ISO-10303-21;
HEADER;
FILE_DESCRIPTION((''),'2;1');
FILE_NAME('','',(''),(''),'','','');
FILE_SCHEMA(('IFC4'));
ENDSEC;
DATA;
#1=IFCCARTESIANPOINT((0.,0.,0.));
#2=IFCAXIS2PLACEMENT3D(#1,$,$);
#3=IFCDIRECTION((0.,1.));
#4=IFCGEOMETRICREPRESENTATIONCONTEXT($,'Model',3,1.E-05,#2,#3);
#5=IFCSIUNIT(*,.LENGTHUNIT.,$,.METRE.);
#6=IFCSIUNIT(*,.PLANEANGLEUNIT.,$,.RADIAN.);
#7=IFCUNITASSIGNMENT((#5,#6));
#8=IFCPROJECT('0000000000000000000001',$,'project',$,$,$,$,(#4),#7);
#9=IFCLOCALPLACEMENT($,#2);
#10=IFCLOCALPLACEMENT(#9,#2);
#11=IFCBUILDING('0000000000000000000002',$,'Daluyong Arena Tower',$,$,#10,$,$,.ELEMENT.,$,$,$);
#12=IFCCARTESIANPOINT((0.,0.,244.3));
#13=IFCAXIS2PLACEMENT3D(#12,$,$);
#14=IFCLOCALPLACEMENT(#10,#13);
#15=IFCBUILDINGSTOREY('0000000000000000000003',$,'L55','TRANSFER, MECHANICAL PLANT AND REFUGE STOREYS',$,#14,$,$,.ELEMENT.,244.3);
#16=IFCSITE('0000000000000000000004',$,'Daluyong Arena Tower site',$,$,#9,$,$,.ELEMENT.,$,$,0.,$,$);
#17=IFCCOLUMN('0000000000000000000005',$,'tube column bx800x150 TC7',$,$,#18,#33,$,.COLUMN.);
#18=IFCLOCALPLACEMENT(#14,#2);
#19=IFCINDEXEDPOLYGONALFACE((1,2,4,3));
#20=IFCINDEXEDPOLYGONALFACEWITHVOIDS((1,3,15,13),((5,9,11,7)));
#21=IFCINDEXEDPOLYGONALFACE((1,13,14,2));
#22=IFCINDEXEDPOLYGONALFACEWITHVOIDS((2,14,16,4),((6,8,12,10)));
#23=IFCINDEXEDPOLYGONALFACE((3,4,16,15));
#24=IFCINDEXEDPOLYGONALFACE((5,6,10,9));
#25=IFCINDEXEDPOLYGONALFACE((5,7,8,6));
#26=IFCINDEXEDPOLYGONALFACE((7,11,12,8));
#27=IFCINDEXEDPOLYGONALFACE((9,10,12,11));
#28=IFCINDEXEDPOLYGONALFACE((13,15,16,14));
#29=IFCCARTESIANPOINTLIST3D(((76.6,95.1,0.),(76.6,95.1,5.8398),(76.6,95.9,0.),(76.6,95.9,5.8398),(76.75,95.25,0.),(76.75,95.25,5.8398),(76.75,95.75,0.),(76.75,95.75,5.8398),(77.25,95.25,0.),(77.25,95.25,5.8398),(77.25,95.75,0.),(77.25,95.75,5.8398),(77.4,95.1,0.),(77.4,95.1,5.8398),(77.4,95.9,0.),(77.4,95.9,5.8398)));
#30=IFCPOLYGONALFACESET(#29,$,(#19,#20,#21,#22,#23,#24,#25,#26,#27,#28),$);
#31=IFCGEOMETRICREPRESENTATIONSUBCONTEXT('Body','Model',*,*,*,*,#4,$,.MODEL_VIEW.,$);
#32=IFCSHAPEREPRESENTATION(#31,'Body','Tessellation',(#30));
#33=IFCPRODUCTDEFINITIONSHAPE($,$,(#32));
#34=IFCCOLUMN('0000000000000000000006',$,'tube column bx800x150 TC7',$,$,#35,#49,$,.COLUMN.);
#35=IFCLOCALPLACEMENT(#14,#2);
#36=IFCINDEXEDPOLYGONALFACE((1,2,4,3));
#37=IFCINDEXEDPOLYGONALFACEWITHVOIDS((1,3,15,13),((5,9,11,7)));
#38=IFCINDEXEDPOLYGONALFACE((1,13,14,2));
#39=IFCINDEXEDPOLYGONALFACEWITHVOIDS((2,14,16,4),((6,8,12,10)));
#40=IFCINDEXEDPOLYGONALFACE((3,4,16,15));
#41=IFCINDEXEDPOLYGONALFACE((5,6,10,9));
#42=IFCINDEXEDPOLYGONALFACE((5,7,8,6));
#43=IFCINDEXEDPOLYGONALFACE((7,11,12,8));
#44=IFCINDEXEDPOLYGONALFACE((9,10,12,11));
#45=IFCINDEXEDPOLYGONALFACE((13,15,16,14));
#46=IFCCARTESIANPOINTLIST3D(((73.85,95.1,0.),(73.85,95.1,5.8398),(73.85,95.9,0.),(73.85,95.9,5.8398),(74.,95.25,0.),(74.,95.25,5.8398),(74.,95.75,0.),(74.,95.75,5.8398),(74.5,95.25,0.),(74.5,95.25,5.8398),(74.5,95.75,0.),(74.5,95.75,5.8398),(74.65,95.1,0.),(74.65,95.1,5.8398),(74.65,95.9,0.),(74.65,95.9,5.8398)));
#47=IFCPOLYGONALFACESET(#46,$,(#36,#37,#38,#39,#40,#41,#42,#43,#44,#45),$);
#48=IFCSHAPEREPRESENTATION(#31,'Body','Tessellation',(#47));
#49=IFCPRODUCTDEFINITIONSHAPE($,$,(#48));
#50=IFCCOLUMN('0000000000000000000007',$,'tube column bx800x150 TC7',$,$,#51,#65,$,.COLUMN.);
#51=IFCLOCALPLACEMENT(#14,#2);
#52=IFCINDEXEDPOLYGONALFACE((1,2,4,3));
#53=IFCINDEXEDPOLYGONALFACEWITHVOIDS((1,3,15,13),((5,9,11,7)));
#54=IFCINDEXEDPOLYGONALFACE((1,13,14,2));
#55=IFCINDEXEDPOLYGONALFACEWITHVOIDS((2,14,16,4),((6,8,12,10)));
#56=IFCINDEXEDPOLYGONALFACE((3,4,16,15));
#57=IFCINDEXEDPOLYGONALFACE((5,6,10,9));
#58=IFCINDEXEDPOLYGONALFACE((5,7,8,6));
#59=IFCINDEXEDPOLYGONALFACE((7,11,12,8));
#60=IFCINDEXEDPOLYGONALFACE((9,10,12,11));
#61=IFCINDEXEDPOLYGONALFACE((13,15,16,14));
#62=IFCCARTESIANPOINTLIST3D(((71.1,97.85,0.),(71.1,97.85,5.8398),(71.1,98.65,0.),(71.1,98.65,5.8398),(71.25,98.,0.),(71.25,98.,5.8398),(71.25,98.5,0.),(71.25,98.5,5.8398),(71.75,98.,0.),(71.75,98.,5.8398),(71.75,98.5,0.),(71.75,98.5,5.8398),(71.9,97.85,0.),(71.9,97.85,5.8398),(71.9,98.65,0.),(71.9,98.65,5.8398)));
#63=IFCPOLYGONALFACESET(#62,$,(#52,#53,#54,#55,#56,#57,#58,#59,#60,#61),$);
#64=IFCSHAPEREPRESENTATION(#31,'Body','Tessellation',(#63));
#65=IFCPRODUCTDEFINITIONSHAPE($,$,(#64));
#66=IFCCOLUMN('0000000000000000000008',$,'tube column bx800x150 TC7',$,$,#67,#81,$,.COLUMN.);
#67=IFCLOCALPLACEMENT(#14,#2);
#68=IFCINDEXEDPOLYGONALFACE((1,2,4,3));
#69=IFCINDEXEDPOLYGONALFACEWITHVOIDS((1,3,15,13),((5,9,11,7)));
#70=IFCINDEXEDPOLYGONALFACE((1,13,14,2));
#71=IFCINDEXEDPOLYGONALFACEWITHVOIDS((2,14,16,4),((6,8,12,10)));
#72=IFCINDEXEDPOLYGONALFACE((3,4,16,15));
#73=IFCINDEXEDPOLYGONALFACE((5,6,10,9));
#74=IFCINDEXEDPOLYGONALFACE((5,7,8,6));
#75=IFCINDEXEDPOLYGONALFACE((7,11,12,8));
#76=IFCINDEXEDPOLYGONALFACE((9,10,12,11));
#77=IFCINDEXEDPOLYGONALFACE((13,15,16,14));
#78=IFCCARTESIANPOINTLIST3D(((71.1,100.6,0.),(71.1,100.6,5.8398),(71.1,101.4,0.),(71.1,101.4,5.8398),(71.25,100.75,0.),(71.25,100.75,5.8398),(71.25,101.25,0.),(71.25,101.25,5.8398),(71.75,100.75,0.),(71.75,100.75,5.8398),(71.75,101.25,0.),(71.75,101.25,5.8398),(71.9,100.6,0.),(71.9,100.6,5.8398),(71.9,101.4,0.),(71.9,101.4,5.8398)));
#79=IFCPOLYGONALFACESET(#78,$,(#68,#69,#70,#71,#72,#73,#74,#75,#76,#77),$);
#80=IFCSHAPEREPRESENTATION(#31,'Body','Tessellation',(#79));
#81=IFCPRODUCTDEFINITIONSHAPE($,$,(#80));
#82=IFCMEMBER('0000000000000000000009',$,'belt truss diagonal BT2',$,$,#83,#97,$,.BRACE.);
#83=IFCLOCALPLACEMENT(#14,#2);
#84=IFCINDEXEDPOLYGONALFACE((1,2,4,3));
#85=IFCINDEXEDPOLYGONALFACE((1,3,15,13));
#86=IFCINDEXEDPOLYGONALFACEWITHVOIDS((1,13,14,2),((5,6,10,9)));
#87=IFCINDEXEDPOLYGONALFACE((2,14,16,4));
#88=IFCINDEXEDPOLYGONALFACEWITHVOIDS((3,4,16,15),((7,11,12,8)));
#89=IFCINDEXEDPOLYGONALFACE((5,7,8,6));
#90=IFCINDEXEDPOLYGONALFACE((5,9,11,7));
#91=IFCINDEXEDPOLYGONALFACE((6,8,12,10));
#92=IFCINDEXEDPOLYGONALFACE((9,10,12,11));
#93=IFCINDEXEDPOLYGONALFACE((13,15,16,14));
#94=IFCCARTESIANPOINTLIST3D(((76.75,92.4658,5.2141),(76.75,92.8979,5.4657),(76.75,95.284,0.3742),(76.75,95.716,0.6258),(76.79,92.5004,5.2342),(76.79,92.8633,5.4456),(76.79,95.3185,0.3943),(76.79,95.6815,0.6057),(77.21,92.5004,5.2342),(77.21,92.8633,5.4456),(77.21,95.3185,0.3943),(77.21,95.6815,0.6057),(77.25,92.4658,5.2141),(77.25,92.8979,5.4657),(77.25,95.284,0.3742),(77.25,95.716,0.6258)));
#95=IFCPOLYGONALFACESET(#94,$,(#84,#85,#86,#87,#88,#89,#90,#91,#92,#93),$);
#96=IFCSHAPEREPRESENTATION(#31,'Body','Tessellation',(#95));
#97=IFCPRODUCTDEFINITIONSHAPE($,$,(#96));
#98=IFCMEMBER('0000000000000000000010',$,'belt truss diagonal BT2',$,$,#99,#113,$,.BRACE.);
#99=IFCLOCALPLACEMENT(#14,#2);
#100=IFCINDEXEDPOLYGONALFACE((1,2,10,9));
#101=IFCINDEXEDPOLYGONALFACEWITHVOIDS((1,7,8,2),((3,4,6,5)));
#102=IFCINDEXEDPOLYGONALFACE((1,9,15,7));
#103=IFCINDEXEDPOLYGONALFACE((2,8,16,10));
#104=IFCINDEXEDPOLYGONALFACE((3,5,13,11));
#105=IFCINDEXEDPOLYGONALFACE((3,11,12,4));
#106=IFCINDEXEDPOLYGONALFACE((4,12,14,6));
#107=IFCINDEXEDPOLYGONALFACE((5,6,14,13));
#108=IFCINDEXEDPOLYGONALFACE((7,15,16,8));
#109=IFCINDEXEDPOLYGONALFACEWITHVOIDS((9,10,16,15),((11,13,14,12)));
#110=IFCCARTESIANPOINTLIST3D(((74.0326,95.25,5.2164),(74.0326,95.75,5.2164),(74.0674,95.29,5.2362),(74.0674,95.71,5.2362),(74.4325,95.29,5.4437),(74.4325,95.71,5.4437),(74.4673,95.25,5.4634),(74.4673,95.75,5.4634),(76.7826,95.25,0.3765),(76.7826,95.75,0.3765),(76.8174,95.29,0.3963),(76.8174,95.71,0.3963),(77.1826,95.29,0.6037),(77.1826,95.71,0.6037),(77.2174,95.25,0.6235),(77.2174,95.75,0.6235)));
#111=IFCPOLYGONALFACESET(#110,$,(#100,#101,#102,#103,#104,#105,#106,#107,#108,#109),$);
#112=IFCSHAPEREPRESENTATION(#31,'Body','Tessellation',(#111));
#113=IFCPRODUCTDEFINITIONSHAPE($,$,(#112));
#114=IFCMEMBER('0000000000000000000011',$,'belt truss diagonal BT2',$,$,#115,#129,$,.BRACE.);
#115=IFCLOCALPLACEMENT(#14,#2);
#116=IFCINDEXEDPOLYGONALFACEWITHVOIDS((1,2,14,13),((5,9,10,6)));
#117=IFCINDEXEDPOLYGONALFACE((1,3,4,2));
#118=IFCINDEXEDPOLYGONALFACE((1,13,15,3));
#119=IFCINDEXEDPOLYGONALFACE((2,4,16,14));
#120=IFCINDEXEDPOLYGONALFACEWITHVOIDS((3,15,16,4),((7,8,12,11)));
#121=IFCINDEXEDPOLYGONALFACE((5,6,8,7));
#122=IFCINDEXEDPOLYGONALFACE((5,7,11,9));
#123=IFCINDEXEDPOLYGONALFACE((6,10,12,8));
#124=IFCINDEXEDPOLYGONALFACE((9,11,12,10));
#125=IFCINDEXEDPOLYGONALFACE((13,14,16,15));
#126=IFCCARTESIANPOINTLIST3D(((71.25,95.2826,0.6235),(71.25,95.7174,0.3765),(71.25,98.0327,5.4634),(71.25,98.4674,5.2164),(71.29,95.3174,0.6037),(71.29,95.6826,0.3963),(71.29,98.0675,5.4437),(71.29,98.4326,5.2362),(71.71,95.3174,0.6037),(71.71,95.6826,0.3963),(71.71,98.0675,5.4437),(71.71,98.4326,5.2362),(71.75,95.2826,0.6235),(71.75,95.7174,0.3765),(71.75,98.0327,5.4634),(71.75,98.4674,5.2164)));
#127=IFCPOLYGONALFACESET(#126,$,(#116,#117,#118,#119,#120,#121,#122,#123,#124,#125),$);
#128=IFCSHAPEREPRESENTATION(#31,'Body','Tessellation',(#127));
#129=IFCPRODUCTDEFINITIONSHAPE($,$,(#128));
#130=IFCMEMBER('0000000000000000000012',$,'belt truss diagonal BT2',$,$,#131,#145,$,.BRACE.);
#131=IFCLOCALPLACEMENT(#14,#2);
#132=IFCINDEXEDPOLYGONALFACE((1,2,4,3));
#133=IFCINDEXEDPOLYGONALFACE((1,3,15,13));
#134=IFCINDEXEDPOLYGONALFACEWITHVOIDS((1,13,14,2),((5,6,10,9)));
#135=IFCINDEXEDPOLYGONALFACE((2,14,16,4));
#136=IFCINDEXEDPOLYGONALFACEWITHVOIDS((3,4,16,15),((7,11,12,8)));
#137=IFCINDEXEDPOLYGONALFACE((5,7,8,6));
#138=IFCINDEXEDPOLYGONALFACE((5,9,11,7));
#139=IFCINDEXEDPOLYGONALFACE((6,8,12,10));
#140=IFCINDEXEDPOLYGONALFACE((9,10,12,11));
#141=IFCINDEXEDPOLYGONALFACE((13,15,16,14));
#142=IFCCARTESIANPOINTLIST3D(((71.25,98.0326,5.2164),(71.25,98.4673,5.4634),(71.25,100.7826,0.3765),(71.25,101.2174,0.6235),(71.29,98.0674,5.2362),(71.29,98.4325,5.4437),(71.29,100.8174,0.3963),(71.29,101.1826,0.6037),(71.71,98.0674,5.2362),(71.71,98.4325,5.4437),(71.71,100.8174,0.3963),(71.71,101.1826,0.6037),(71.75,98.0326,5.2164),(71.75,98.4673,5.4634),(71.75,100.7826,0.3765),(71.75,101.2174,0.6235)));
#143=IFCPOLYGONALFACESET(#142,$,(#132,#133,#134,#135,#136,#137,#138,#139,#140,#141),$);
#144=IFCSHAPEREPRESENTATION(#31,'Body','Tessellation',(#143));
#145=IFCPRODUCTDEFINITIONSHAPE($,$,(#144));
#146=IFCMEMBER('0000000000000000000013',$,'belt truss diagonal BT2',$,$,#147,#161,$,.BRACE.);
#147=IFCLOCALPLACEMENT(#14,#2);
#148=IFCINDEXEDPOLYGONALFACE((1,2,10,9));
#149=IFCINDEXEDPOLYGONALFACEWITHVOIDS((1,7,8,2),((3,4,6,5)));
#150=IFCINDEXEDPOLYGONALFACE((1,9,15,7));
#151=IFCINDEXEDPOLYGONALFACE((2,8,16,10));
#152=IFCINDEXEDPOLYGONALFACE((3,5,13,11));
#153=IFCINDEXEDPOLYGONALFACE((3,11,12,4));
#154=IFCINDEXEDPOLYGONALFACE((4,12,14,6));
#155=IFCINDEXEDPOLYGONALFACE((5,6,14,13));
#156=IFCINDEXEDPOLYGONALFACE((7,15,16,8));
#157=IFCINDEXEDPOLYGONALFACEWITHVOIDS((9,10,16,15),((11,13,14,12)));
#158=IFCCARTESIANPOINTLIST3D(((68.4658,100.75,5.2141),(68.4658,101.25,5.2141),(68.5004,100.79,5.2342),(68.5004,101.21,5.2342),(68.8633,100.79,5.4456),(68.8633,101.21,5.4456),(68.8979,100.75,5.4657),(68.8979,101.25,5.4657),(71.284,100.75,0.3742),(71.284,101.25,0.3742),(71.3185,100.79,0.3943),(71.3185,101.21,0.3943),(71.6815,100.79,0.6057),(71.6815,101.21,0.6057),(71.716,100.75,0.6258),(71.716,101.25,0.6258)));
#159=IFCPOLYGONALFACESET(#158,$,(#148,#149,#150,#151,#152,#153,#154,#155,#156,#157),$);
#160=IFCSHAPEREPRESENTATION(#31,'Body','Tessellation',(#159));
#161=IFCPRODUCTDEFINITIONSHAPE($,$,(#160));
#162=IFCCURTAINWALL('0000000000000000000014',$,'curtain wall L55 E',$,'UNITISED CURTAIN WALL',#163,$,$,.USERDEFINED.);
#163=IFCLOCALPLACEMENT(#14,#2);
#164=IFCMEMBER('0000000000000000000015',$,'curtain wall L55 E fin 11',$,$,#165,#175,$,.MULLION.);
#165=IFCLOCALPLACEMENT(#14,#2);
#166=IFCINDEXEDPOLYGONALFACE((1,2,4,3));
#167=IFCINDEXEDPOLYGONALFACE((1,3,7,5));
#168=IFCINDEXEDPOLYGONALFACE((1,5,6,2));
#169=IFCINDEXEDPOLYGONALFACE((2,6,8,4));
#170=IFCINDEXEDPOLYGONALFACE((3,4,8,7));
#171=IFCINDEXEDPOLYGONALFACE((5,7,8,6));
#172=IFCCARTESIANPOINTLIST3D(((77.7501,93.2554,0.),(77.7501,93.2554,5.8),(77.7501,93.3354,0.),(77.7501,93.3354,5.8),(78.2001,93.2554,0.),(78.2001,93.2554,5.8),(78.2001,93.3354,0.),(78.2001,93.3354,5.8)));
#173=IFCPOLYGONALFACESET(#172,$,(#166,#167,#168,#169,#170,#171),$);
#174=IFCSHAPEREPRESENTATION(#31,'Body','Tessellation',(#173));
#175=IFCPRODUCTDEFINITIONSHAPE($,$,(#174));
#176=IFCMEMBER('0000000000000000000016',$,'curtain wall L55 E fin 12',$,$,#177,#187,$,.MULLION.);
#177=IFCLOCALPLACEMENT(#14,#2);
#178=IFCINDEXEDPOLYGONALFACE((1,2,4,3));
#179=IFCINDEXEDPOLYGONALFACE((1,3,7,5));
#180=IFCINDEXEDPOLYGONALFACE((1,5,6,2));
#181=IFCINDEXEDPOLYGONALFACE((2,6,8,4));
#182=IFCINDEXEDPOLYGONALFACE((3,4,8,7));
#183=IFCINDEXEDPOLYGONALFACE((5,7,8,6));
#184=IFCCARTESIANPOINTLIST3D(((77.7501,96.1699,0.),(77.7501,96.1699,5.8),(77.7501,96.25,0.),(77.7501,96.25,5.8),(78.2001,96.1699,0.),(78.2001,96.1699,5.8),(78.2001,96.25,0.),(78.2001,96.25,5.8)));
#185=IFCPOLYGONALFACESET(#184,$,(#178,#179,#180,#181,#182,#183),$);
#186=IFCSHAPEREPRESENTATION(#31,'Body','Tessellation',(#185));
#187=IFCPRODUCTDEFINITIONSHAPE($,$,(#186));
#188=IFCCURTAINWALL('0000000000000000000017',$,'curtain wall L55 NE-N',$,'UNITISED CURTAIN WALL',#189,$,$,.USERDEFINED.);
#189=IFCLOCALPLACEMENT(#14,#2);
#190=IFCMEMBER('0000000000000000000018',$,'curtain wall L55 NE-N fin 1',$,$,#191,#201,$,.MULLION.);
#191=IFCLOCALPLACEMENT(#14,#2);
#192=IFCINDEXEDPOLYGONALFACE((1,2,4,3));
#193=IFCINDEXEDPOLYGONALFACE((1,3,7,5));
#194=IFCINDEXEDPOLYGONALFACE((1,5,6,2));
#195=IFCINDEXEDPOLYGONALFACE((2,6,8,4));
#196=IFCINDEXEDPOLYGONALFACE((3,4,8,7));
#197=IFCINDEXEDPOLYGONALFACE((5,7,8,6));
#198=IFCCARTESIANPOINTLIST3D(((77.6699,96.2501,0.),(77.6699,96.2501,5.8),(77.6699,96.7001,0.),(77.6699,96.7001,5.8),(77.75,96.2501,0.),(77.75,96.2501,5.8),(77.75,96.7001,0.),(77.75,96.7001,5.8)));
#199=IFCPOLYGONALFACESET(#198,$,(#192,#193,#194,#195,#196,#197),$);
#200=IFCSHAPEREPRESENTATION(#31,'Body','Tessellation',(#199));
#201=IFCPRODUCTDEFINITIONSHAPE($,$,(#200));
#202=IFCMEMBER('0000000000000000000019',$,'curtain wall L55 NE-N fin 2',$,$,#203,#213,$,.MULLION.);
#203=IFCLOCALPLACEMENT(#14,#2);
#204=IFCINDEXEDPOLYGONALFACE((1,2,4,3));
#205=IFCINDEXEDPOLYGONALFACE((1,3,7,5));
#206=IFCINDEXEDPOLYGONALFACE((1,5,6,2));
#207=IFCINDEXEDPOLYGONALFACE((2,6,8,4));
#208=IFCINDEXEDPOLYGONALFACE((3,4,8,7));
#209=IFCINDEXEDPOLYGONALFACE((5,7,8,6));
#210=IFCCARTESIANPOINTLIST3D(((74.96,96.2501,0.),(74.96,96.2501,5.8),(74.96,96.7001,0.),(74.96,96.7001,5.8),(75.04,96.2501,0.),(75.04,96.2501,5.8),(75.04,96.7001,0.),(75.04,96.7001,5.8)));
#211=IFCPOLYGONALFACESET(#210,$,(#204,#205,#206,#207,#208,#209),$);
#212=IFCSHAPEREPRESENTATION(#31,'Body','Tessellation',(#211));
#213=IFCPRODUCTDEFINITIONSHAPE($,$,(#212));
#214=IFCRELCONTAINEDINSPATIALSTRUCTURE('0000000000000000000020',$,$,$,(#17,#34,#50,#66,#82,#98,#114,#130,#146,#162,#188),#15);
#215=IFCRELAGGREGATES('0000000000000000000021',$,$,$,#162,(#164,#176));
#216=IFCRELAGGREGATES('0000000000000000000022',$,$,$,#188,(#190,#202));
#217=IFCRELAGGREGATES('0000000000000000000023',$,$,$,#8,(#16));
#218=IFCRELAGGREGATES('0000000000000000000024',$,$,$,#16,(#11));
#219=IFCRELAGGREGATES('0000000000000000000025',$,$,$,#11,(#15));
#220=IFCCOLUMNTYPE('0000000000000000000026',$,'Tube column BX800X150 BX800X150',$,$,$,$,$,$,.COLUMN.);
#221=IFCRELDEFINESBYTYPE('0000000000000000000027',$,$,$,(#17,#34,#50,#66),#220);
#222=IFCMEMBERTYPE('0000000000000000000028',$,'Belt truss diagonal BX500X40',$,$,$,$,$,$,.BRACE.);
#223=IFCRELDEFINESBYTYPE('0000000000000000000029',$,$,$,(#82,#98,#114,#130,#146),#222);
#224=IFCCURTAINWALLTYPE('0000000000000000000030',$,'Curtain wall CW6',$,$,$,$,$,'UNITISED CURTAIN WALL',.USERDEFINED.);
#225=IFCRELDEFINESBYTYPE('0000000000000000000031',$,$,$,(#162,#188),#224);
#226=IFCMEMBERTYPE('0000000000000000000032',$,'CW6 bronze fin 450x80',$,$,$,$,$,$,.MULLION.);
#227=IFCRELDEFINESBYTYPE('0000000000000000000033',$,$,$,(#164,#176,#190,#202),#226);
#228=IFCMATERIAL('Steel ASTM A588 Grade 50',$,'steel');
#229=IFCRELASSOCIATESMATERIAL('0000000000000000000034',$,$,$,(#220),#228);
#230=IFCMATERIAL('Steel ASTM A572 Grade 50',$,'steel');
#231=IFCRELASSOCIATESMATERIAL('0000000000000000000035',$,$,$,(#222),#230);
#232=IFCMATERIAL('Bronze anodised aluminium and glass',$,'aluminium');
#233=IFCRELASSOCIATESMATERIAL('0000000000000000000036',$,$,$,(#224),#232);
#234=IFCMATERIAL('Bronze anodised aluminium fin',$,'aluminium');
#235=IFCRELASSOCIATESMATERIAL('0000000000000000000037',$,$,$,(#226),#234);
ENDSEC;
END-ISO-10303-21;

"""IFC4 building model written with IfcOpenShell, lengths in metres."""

from ifc_helpers import new_model, si_unit, direction, frame, origin, origin_2d, place, context, subcontext, project, spatial, rectangle, hollow_rectangle, extrude, material, material_profile, profile_set, type_object, element, aggregate, save


model = new_model("IFC4")

# Units and contexts
model_context = context("Model", 3, precision=1e-05, world=origin(), true_north=direction((0.0, 1.0)))
body_context = subcontext(model_context, "Body", "Model", "MODEL_VIEW")
ifc_project = project(units=[si_unit("LENGTHUNIT", "METRE"), si_unit("PLANEANGLEUNIT", "RADIAN")], contexts=[model_context])

# Site, building, storey
site_placement = place(None, origin())
site = spatial("IfcSite", under=ifc_project, at=site_placement, Name="Daluyong Arena Tower site", CompositionType="ELEMENT", RefElevation=0.0)
building_placement = place(site_placement, origin())
building = spatial("IfcBuilding", under=site, at=building_placement, Name="Daluyong Arena Tower", CompositionType="ELEMENT")
storey_placement = place(building_placement, frame((0.0, 0.0, 244.3)))
storey = spatial("IfcBuildingStorey", under=building, at=storey_placement, Name="L55", Description="TRANSFER, MECHANICAL PLANT AND REFUGE STOREYS", CompositionType="ELEMENT", Elevation=244.3)

# Columns
ifc_material_1 = material(Name="Steel ASTM A588 Grade 50", Category="steel")
ifc_material_profile_1 = material_profile(ifc_material_1, hollow_rectangle(XDim=0.8, YDim=0.8, WallThickness=0.15, at=origin_2d()))
ifc_profile_set_1 = profile_set([ifc_material_profile_1], Name="Steel ASTM A588 Grade 50")
column_type = type_object("IfcColumnType", Name="Tube column BX800X150 BX800X150", PredefinedType="COLUMN", material=ifc_profile_set_1)
for number, where, z_axis, x_axis, name in (
    (1, (77.0, 95.5, 0.0), (0.0, 0.0, 1.0), (1.0, 0.0, 0.0), "tube column bx800x150 TC7"),
    (2, (74.25, 95.5, 0.0), (0.0, 0.0, 1.0), (1.0, 0.0, 0.0), "tube column bx800x150 TC7"),
    (3, (71.5, 98.25, 0.0), (0.0, 0.0, 1.0), (0.0, 1.0, 0.0), "tube column bx800x150 TC7"),
    (4, (71.5, 101.0, 0.0), (0.0, 0.0, 1.0), (1.0, 0.0, 0.0), "tube column bx800x150 TC7"),
):
    element("IfcColumn", number, at=place(storey_placement, frame(where, z_axis=z_axis, x_axis=x_axis)), inside=storey, type_object=column_type, Name=name, PredefinedType="COLUMN", context=body_context, shape_type="SweptSolid", body=[
        extrude(hollow_rectangle(XDim=0.8, YDim=0.8, WallThickness=0.15, at=origin_2d()), origin(), (0.0, 0.0, 1.0), 5.8398),
    ])

# Members
ifc_material_2 = material(Name="Steel ASTM A572 Grade 50", Category="steel")
ifc_material_profile_2 = material_profile(ifc_material_2, hollow_rectangle(XDim=0.5, YDim=0.5, WallThickness=0.04, at=origin_2d()))
ifc_profile_set_2 = profile_set([ifc_material_profile_2], Name="Steel ASTM A572 Grade 50")
member_type_1 = type_object("IfcMemberType", Name="Belt truss diagonal BX500X40", PredefinedType="BRACE", material=ifc_profile_set_2)
member_1_placement = place(storey_placement, frame((77.0, 95.5, 0.5), z_axis=(0.0, -0.503188, 0.864177), x_axis=(1.0, 0.0, 0.0)))
element("IfcMember", 5, at=member_1_placement, inside=storey, type_object=member_type_1, Name="belt truss diagonal BT2", PredefinedType="BRACE", context=body_context, shape_type="SweptSolid", body=[
    extrude(hollow_rectangle(XDim=0.5, YDim=0.5, WallThickness=0.04, at=origin_2d()), origin(), (0.0, 0.0, 1.0), 5.6006),
])
for number, where, z_axis, x_axis, name in (
    (6, (77.0, 95.5, 0.5), (-0.494021, 0.0, 0.86945), (0.0, -1.0, 0.0), "belt truss diagonal BT2"),
    (7, (71.5, 95.5, 0.5), (0.0, 0.494021, 0.86945), (-1.0, 0.0, 0.0), "belt truss diagonal BT2"),
    (8, (71.5, 101.0, 0.5), (0.0, -0.494021, 0.86945), (1.0, 0.0, 0.0), "belt truss diagonal BT2"),
):
    element("IfcMember", number, at=place(storey_placement, frame(where, z_axis=z_axis, x_axis=x_axis)), inside=storey, type_object=member_type_1, Name=name, PredefinedType="BRACE", context=body_context, shape_type="SweptSolid", body=[
        extrude(hollow_rectangle(XDim=0.5, YDim=0.5, WallThickness=0.04, at=origin_2d()), origin(), (0.0, 0.0, 1.0), 5.5667),
    ])
member_2_placement = place(storey_placement, frame((71.5, 101.0, 0.5), z_axis=(-0.503188, 0.0, 0.864177), x_axis=(0.0, -1.0, 0.0)))
element("IfcMember", 9, at=member_2_placement, inside=storey, type_object=member_type_1, Name="belt truss diagonal BT2", PredefinedType="BRACE", context=body_context, shape_type="SweptSolid", body=[
    extrude(hollow_rectangle(XDim=0.5, YDim=0.5, WallThickness=0.04, at=origin_2d()), origin(), (0.0, 0.0, 1.0), 5.6006),
])

# Curtain walls, members
ifc_material_3 = material(Name="Bronze anodised aluminium and glass", Category="aluminium")
curtain_wall_type = type_object("IfcCurtainWallType", Name="Curtain wall CW6", ElementType="UNITISED CURTAIN WALL", PredefinedType="USERDEFINED", material=ifc_material_3)
curtain_wall_1_placement = place(storey_placement, origin())
curtain_wall_1 = element("IfcCurtainWall", 10, at=curtain_wall_1_placement, inside=storey, type_object=curtain_wall_type, Name="curtain wall L55 E", ObjectType="UNITISED CURTAIN WALL", PredefinedType="USERDEFINED")
ifc_material_4 = material(Name="Bronze anodised aluminium fin", Category="aluminium")
ifc_material_profile_3 = material_profile(ifc_material_4, rectangle(XDim=0.45, YDim=0.0801, at=origin_2d()))
ifc_profile_set_3 = profile_set([ifc_material_profile_3], Name="Bronze anodised aluminium fin")
member_type_2 = type_object("IfcMemberType", Name="CW6 bronze fin 450x80", PredefinedType="MULLION", material=ifc_profile_set_3)
member_3_placement = place(storey_placement, frame((77.9751, 93.2954, 0.0), z_axis=(0.0, 0.0, 1.0), x_axis=(-1.0, 0.0, 0.0)))
member_3 = element("IfcMember", 11, at=member_3_placement, type_object=member_type_2, Name="curtain wall L55 E fin 11", PredefinedType="MULLION", context=body_context, shape_type="SweptSolid", body=[
    extrude(rectangle(XDim=0.45, YDim=0.0801, at=origin_2d()), origin(), (0.0, 0.0, 1.0), 5.8),
])
member_4_placement = place(storey_placement, frame((77.9751, 96.21, 0.0), z_axis=(0.0, 0.0, 1.0), x_axis=(-1.0, 0.0, 0.0)))
member_4 = element("IfcMember", 12, at=member_4_placement, type_object=member_type_2, Name="curtain wall L55 E fin 12", PredefinedType="MULLION", context=body_context, shape_type="SweptSolid", body=[
    extrude(rectangle(XDim=0.45, YDim=0.0801, at=origin_2d()), origin(), (0.0, 0.0, 1.0), 5.8),
])
curtain_wall_2_placement = place(storey_placement, origin())
curtain_wall_2 = element("IfcCurtainWall", 13, at=curtain_wall_2_placement, inside=storey, type_object=curtain_wall_type, Name="curtain wall L55 NE-N", ObjectType="UNITISED CURTAIN WALL", PredefinedType="USERDEFINED")
member_5_placement = place(storey_placement, frame((77.71, 96.4751, 0.0), z_axis=(0.0, 0.0, 1.0), x_axis=(0.0, -1.0, 0.0)))
member_5 = element("IfcMember", 14, at=member_5_placement, type_object=member_type_2, Name="curtain wall L55 NE-N fin 1", PredefinedType="MULLION", context=body_context, shape_type="SweptSolid", body=[
    extrude(rectangle(XDim=0.45, YDim=0.0801, at=origin_2d()), origin(), (0.0, 0.0, 1.0), 5.8),
])
member_6_placement = place(storey_placement, frame((75.0, 96.4751, 0.0), z_axis=(0.0, 0.0, 1.0), x_axis=(0.0, -1.0, 0.0)))
member_6 = element("IfcMember", 15, at=member_6_placement, type_object=member_type_2, Name="curtain wall L55 NE-N fin 2", PredefinedType="MULLION", context=body_context, shape_type="SweptSolid", body=[
    extrude(rectangle(XDim=0.45, YDim=0.0801, at=origin_2d()), origin(), (0.0, 0.0, 1.0), 5.8),
])

aggregate(curtain_wall_1, [member_3, member_4])
aggregate(curtain_wall_2, [member_5, member_6])

save(model, "model.ifc")
